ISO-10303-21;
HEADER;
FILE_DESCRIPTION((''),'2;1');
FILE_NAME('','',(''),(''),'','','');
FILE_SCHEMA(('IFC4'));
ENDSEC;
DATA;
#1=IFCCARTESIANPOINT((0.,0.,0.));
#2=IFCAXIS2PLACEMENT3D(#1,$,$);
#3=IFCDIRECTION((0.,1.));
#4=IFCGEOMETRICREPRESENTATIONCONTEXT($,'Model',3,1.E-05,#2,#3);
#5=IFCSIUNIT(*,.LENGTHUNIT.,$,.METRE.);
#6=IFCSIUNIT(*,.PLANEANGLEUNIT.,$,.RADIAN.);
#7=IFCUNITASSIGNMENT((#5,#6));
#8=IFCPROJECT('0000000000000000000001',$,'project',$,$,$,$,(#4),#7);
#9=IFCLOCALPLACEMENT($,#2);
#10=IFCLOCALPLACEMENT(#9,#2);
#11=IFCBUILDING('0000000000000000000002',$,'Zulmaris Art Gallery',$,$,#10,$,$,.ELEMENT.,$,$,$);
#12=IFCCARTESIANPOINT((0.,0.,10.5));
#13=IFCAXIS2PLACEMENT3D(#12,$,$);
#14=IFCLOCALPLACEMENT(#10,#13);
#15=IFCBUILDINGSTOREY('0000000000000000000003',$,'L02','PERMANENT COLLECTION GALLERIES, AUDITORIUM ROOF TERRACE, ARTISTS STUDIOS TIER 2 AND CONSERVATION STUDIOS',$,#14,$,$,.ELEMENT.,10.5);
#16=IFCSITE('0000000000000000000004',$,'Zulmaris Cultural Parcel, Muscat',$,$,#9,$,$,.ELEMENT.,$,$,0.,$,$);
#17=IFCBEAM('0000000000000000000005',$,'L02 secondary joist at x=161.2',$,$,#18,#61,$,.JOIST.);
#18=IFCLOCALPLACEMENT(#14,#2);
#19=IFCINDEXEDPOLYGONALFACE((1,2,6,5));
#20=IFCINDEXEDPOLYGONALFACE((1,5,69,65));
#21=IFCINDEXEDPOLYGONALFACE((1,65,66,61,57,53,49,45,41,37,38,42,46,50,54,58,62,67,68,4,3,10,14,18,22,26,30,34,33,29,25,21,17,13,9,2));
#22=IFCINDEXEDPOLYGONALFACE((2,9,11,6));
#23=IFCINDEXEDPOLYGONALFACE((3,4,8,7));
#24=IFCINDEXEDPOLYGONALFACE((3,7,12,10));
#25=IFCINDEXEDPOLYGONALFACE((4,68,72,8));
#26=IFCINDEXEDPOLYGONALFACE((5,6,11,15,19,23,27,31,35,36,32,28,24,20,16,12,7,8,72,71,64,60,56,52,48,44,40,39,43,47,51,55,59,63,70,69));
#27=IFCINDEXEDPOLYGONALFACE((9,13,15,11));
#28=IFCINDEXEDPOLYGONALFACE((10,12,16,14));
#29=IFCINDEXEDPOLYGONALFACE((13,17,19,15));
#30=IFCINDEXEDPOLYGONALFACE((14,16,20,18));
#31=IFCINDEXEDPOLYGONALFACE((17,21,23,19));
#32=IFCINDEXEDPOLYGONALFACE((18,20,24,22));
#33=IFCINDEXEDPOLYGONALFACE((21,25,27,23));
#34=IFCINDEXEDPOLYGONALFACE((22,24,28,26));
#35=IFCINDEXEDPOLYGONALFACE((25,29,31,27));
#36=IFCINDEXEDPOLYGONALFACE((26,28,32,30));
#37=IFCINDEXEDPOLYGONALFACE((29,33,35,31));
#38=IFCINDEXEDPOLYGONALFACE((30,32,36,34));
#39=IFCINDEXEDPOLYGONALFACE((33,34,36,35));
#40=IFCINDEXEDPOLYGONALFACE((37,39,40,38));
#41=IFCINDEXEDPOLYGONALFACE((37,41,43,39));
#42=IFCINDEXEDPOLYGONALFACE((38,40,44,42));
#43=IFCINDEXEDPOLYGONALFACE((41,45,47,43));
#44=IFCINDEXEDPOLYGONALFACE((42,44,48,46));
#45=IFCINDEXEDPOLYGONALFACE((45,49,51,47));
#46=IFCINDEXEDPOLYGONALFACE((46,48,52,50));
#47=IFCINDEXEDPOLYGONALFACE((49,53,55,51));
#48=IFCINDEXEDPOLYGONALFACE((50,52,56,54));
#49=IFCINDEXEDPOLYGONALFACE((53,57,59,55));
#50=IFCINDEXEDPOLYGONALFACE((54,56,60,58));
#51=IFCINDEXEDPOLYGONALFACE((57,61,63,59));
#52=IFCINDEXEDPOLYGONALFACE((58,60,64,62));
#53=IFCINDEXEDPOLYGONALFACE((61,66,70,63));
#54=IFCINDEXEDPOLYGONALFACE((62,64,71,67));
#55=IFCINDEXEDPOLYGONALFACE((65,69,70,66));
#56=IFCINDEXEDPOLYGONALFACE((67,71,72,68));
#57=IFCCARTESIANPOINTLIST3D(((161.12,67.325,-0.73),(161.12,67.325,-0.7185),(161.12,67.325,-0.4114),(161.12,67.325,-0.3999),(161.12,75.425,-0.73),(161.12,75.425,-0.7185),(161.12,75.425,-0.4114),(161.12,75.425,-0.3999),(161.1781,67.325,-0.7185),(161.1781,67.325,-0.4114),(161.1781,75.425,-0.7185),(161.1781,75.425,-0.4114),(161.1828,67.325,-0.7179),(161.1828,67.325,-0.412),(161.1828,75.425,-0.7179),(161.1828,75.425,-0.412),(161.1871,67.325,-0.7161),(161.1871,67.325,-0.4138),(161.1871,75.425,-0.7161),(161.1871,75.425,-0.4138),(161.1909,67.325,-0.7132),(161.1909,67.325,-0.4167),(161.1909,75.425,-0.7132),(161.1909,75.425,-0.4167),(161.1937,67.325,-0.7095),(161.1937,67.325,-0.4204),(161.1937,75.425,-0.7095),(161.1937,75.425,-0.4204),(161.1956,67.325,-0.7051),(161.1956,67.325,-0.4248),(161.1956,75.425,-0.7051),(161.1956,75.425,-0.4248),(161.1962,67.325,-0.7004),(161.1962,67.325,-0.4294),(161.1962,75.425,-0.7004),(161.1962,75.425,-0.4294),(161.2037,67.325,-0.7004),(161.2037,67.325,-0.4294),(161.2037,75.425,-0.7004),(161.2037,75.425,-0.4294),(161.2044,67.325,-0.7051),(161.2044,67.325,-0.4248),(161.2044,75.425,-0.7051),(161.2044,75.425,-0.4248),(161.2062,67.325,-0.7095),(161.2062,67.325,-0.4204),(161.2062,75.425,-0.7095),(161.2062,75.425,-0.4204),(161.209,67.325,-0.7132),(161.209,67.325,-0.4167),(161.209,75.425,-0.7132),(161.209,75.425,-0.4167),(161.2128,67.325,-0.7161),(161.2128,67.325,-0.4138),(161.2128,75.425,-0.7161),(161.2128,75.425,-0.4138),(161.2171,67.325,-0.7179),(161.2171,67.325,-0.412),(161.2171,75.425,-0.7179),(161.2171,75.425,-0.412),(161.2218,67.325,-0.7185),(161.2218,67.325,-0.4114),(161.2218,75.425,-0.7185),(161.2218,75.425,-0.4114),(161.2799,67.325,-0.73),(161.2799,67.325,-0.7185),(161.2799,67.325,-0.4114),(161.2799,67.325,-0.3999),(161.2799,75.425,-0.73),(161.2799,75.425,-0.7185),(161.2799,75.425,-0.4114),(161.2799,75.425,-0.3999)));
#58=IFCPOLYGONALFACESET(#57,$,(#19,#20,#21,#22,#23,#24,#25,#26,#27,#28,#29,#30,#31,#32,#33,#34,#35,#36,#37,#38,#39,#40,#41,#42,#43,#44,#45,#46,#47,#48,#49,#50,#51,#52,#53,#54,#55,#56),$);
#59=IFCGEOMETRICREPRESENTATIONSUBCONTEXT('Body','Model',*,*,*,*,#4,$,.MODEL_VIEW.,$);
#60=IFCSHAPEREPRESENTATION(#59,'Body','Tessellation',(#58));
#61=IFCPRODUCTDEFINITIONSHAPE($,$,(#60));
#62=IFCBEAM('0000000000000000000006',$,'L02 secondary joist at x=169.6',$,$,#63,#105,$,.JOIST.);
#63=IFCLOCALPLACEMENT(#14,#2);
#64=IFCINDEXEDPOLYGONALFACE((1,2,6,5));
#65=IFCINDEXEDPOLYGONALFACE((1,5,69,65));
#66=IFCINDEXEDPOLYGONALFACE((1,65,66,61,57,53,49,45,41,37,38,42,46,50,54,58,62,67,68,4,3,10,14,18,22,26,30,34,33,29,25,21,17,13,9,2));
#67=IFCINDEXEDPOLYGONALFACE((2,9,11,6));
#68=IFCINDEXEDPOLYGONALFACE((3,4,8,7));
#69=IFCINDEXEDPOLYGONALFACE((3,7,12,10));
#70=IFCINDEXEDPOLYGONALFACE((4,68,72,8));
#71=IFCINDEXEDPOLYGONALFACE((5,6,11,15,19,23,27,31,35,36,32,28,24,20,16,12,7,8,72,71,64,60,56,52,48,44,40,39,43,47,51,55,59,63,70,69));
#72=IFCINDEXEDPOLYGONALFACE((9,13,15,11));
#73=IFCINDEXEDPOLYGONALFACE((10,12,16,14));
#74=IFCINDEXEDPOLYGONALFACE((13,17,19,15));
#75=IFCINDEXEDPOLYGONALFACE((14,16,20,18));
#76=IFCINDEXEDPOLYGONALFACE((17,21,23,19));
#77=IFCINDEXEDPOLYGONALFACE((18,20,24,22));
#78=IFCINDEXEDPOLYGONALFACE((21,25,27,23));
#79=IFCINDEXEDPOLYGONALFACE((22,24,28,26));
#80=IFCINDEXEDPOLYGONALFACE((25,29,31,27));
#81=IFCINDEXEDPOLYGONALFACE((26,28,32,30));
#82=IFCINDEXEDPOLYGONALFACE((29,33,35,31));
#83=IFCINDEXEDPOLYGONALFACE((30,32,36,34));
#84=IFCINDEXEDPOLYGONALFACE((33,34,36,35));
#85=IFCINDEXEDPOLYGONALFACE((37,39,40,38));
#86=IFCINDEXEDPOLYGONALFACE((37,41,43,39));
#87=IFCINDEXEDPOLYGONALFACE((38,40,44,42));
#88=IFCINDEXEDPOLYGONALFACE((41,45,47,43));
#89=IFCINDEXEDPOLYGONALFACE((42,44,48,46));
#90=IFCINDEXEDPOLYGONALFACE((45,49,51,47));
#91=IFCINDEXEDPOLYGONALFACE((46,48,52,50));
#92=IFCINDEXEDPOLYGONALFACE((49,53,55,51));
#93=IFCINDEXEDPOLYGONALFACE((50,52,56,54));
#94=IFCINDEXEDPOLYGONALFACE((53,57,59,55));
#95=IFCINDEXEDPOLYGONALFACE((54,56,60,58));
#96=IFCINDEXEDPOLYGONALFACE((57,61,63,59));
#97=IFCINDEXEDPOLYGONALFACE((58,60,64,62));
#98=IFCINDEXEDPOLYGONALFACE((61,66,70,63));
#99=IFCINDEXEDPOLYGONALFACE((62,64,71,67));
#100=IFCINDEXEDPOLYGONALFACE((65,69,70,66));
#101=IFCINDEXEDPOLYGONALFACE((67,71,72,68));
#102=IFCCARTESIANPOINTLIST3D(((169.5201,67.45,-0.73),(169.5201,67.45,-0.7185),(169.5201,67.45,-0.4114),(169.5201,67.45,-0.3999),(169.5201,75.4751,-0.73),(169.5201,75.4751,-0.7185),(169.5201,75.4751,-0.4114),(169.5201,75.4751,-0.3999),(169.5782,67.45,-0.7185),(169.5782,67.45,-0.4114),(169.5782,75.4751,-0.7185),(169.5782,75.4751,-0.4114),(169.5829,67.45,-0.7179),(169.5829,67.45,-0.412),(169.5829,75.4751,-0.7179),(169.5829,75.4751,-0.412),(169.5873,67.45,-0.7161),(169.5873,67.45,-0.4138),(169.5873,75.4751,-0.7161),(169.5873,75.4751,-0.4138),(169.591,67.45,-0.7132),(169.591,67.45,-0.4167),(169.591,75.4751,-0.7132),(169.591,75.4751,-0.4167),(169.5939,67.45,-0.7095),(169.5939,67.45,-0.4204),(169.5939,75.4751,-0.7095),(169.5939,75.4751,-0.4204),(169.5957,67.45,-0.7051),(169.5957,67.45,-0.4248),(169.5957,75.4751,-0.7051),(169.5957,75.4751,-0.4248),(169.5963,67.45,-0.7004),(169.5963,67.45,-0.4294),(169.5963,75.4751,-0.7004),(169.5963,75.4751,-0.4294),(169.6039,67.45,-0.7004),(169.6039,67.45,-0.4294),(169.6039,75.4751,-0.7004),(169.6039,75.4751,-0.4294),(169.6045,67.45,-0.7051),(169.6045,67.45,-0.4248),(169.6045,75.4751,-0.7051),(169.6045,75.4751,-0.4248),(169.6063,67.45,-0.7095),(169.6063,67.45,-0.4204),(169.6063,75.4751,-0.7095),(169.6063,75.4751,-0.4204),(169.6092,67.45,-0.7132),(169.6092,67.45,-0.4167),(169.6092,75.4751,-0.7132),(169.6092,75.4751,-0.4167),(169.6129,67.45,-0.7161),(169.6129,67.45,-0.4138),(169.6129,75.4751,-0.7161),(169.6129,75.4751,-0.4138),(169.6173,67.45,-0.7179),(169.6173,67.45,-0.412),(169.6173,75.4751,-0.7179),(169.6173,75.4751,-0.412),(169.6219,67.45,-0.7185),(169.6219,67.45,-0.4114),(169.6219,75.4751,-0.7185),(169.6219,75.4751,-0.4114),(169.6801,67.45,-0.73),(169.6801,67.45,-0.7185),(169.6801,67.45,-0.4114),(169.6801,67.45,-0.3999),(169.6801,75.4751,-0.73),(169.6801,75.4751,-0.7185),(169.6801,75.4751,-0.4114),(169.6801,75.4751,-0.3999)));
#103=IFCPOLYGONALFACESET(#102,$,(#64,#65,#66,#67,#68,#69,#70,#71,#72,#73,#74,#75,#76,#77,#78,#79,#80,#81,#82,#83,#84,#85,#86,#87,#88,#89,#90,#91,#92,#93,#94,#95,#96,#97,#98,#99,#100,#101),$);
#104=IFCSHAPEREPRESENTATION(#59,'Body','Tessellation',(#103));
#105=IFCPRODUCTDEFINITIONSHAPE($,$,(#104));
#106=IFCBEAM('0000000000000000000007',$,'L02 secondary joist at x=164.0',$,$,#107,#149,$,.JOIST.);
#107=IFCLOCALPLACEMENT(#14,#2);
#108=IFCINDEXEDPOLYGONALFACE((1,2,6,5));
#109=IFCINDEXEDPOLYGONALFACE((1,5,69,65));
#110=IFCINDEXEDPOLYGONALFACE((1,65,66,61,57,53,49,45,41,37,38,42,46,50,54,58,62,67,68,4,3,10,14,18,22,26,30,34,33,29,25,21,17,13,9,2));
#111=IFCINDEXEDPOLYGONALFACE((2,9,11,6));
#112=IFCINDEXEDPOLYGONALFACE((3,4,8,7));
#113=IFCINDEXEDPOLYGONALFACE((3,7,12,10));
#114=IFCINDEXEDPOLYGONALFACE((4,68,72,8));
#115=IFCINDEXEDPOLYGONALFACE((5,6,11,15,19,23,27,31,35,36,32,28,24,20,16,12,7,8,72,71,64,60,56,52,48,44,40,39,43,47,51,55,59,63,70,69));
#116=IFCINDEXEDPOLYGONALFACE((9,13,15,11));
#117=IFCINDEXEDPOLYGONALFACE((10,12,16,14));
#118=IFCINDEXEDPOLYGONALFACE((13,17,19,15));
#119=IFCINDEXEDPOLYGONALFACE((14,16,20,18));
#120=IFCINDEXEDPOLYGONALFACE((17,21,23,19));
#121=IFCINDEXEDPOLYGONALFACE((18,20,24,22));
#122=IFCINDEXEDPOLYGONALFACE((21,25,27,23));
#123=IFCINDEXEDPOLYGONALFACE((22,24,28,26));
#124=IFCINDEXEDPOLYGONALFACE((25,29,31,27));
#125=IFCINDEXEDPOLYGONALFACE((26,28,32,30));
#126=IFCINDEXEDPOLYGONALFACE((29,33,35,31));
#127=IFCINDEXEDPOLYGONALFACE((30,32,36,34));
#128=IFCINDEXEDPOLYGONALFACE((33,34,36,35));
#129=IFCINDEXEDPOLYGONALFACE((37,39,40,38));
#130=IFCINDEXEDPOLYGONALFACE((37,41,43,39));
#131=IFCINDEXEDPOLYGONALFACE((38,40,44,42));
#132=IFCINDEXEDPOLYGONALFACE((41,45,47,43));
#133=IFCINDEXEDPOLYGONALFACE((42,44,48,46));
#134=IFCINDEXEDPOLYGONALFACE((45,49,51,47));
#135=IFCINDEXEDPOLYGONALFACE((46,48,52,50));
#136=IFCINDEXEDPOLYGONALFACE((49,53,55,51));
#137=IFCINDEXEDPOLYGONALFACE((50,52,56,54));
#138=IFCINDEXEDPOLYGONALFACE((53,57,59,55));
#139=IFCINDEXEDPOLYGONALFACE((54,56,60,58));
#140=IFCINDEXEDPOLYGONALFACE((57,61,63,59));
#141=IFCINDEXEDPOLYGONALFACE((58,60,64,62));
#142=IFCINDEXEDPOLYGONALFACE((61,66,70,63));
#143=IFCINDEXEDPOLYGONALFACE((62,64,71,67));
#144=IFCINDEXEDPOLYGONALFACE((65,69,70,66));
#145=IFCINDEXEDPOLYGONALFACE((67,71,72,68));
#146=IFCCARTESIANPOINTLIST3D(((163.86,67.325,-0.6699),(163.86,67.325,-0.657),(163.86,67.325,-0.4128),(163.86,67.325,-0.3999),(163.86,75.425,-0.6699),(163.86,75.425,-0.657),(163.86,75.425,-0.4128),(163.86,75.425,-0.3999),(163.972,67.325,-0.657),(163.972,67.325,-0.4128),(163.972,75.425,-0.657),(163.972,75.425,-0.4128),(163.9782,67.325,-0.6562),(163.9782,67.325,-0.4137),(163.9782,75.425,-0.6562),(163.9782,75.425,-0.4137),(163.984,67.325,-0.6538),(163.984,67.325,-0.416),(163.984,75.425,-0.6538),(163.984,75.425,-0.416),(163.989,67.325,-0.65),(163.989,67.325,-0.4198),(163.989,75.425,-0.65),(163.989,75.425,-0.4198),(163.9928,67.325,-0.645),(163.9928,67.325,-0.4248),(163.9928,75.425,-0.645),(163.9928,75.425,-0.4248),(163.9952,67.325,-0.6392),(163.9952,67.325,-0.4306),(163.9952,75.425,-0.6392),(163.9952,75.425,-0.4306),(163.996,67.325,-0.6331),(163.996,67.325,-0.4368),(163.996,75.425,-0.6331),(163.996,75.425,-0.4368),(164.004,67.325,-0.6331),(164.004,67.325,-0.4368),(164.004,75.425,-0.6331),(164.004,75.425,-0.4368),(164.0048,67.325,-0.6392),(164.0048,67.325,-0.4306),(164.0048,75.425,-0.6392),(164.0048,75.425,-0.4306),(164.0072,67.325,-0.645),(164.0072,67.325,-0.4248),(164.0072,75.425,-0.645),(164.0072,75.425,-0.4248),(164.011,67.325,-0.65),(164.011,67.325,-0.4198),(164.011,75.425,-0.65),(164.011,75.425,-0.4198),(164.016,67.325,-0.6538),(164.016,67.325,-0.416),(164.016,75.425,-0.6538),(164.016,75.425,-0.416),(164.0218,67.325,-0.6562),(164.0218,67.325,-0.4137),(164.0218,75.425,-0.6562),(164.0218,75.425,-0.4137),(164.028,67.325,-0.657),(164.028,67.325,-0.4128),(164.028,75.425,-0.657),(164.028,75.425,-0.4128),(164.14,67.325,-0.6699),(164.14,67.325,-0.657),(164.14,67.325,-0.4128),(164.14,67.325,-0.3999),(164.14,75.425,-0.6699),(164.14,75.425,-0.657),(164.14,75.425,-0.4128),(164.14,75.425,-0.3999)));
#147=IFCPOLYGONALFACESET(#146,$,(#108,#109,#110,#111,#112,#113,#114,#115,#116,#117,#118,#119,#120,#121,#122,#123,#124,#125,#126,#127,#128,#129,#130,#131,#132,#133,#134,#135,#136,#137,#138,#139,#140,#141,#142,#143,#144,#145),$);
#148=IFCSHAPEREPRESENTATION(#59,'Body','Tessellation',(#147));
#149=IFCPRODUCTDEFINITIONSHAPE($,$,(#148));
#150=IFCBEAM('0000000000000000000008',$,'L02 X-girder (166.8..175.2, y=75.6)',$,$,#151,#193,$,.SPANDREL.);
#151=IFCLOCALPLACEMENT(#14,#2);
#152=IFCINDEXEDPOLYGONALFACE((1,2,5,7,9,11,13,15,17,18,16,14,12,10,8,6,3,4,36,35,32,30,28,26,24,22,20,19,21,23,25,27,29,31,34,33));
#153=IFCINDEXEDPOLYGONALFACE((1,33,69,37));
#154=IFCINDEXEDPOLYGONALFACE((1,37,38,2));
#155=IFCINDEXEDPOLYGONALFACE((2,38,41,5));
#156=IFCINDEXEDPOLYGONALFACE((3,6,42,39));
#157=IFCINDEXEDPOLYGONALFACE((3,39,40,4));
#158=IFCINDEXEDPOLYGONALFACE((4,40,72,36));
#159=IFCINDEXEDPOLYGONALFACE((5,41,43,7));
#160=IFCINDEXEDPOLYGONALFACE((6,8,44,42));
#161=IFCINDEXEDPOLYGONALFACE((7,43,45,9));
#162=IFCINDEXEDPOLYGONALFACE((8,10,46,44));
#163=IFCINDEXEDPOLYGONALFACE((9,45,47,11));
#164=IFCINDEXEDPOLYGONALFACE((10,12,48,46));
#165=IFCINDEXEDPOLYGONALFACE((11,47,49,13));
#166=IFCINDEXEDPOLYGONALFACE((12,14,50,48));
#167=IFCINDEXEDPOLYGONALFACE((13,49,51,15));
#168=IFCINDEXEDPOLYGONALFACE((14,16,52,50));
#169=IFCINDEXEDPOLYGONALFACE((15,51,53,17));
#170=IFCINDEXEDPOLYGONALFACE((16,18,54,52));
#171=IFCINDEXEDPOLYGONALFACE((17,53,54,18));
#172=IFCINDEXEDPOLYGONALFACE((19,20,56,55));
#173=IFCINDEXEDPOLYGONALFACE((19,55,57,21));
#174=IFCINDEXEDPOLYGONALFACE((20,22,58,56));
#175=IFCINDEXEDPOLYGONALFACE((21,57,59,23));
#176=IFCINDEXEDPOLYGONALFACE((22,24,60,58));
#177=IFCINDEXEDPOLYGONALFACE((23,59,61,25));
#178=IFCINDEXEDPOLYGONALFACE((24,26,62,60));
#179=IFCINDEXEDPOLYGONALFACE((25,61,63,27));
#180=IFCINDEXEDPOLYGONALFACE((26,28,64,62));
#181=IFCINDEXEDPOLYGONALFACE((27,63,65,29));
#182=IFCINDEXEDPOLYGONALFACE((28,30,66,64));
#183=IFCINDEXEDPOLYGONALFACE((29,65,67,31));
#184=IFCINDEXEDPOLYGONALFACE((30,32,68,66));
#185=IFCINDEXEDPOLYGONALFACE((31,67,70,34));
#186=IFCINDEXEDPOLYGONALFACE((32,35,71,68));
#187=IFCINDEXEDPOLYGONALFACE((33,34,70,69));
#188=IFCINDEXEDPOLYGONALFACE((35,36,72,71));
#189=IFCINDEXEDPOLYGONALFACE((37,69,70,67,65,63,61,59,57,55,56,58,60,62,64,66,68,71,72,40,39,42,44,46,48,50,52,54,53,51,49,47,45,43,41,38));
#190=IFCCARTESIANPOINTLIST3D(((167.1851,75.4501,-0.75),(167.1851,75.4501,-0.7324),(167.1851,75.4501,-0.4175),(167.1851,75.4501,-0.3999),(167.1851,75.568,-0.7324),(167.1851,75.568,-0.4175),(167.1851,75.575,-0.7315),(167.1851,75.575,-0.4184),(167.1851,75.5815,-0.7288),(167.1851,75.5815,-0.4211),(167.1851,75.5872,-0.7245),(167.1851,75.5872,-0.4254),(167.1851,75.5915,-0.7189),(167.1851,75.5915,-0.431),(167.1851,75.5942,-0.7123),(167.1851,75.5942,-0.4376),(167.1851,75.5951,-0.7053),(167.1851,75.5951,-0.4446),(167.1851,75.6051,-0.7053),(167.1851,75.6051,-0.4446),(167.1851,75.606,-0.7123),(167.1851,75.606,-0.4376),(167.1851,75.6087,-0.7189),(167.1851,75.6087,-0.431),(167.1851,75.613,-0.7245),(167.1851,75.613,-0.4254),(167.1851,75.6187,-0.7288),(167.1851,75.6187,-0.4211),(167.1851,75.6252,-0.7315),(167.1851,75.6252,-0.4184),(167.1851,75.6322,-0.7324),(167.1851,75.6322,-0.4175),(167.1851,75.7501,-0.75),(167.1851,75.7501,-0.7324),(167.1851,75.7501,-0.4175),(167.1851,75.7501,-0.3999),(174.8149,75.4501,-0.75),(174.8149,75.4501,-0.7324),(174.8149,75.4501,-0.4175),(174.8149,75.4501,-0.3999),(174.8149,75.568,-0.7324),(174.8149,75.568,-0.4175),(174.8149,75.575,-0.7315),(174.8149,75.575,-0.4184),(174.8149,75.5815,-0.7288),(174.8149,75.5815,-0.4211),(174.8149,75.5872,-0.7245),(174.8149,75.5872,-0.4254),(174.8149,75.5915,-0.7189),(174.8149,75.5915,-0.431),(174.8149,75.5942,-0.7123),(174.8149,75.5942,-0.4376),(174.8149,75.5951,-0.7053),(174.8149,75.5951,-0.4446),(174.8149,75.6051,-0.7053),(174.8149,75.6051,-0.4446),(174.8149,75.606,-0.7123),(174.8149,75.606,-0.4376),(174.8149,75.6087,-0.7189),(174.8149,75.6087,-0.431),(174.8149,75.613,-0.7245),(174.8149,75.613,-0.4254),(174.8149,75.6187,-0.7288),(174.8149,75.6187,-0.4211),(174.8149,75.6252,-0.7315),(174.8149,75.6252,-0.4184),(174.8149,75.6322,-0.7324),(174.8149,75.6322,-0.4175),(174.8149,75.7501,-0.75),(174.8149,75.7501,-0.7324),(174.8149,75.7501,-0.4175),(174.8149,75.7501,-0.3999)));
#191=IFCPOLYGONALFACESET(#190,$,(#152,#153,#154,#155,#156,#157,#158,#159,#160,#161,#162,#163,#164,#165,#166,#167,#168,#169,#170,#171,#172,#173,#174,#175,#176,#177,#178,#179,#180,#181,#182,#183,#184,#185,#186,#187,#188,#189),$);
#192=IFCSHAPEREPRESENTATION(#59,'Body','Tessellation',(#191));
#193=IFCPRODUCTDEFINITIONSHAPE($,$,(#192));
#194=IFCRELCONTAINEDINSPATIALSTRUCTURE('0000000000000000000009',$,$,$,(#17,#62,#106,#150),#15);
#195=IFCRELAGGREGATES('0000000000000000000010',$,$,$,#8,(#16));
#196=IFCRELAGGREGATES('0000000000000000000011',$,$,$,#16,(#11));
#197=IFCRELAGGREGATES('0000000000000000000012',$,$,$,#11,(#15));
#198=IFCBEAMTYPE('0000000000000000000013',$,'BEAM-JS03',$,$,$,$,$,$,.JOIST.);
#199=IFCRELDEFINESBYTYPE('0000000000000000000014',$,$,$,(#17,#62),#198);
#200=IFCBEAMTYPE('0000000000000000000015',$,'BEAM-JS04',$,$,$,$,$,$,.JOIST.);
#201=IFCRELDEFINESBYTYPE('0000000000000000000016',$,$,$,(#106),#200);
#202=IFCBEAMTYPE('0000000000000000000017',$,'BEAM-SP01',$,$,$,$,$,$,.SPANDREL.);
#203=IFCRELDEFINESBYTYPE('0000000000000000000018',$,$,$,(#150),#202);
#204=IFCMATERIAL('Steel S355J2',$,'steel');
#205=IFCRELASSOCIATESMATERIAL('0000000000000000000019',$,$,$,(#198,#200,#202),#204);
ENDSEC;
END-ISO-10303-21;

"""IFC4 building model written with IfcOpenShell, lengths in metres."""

from ifc_helpers import new_model, si_unit, direction, frame, origin, origin_2d, place, context, subcontext, project, spatial, i_section, extrude, material, material_profile, profile_set, type_object, element, save


model = new_model("IFC4")

# Units and contexts
model_context = context("Model", 3, precision=1e-05, world=origin(), true_north=direction((0.0, 1.0)))
body_context = subcontext(model_context, "Body", "Model", "MODEL_VIEW")
ifc_project = project(units=[si_unit("LENGTHUNIT", "METRE"), si_unit("PLANEANGLEUNIT", "RADIAN")], contexts=[model_context])

# Site, building, storey
site_placement = place(None, origin())
site = spatial("IfcSite", under=ifc_project, at=site_placement, Name="Zulmaris Cultural Parcel, Muscat", CompositionType="ELEMENT", RefElevation=0.0)
building_placement = place(site_placement, origin())
building = spatial("IfcBuilding", under=site, at=building_placement, Name="Zulmaris Art Gallery", CompositionType="ELEMENT")
storey_placement = place(building_placement, frame((0.0, 0.0, 10.5)))
storey = spatial("IfcBuildingStorey", under=building, at=storey_placement, Name="L02", Description="PERMANENT COLLECTION GALLERIES, AUDITORIUM ROOF TERRACE, ARTISTS STUDIOS TIER 2 AND CONSERVATION STUDIOS", CompositionType="ELEMENT", Elevation=10.5)

# Beams
ifc_material_1 = material(Name="Steel S355J2", Category="steel")
ifc_material_profile_1 = material_profile(ifc_material_1, i_section(OverallWidth=0.1599, OverallDepth=0.3301, WebThickness=0.0076, FlangeThickness=0.0115, FilletRadius=0.0181, at=origin_2d()), Name="IPE 330")
ifc_profile_set_1 = profile_set([ifc_material_profile_1], Name="Steel S355J2")
beam_type_1 = type_object("IfcBeamType", Name="BEAM-JS03", PredefinedType="JOIST", material=ifc_profile_set_1)
beam_1_placement = place(storey_placement, frame((161.2, 67.325, -0.5649), z_axis=(0.0, 1.0, 0.0), x_axis=(-1.0, 0.0, 0.0)))
element("IfcBeam", 1, at=beam_1_placement, inside=storey, type_object=beam_type_1, Name="L02 secondary joist at x=161.2", PredefinedType="JOIST", context=body_context, shape_type="SweptSolid", body=[
    extrude(i_section(OverallWidth=0.1599, OverallDepth=0.3301, WebThickness=0.0076, FlangeThickness=0.0115, FilletRadius=0.0181, at=origin_2d()), origin(), (0.0, 0.0, 1.0), 8.1001),
])
beam_2_placement = place(storey_placement, frame((169.6001, 67.45, -0.5649), z_axis=(0.0, 1.0, 0.0), x_axis=(-1.0, 0.0, 0.0)))
element("IfcBeam", 2, at=beam_2_placement, inside=storey, type_object=beam_type_1, Name="L02 secondary joist at x=169.6", PredefinedType="JOIST", context=body_context, shape_type="SweptSolid", body=[
    extrude(i_section(OverallWidth=0.1599, OverallDepth=0.3301, WebThickness=0.0076, FlangeThickness=0.0115, FilletRadius=0.0181, at=origin_2d()), origin(), (0.0, 0.0, 1.0), 8.0251),
])
ifc_material_profile_2 = material_profile(ifc_material_1, i_section(OverallWidth=0.28, OverallDepth=0.27, WebThickness=0.0081, FlangeThickness=0.0129, FilletRadius=0.0239, at=origin_2d()), Name="HEA 280")
ifc_profile_set_2 = profile_set([ifc_material_profile_2], Name="Steel S355J2")
beam_type_2 = type_object("IfcBeamType", Name="BEAM-JS04", PredefinedType="JOIST", material=ifc_profile_set_2)
beam_3_placement = place(storey_placement, frame((164.0, 67.325, -0.5349), z_axis=(0.0, 1.0, 0.0), x_axis=(-1.0, 0.0, 0.0)))
element("IfcBeam", 3, at=beam_3_placement, inside=storey, type_object=beam_type_2, Name="L02 secondary joist at x=164.0", PredefinedType="JOIST", context=body_context, shape_type="SweptSolid", body=[
    extrude(i_section(OverallWidth=0.28, OverallDepth=0.27, WebThickness=0.0081, FlangeThickness=0.0129, FilletRadius=0.0239, at=origin_2d()), origin(), (0.0, 0.0, 1.0), 8.1001),
])
ifc_material_profile_3 = material_profile(ifc_material_1, i_section(OverallWidth=0.3, OverallDepth=0.3501, WebThickness=0.01, FlangeThickness=0.0176, FilletRadius=0.0271, at=origin_2d()), Name="HEA 360")
ifc_profile_set_3 = profile_set([ifc_material_profile_3], Name="Steel S355J2")
beam_type_3 = type_object("IfcBeamType", Name="BEAM-SP01", PredefinedType="SPANDREL", material=ifc_profile_set_3)
beam_4_placement = place(storey_placement, frame((167.1851, 75.6001, -0.575), z_axis=(1.0, 0.0, 0.0), x_axis=(0.0, 1.0, 0.0)))
element("IfcBeam", 4, at=beam_4_placement, inside=storey, type_object=beam_type_3, Name="L02 X-girder (166.8..175.2, y=75.6)", PredefinedType="SPANDREL", context=body_context, shape_type="SweptSolid", body=[
    extrude(i_section(OverallWidth=0.3, OverallDepth=0.3501, WebThickness=0.01, FlangeThickness=0.0176, FilletRadius=0.0271, at=origin_2d()), origin(), (0.0, 0.0, 1.0), 7.6299),
])

save(model, "model.ifc")
